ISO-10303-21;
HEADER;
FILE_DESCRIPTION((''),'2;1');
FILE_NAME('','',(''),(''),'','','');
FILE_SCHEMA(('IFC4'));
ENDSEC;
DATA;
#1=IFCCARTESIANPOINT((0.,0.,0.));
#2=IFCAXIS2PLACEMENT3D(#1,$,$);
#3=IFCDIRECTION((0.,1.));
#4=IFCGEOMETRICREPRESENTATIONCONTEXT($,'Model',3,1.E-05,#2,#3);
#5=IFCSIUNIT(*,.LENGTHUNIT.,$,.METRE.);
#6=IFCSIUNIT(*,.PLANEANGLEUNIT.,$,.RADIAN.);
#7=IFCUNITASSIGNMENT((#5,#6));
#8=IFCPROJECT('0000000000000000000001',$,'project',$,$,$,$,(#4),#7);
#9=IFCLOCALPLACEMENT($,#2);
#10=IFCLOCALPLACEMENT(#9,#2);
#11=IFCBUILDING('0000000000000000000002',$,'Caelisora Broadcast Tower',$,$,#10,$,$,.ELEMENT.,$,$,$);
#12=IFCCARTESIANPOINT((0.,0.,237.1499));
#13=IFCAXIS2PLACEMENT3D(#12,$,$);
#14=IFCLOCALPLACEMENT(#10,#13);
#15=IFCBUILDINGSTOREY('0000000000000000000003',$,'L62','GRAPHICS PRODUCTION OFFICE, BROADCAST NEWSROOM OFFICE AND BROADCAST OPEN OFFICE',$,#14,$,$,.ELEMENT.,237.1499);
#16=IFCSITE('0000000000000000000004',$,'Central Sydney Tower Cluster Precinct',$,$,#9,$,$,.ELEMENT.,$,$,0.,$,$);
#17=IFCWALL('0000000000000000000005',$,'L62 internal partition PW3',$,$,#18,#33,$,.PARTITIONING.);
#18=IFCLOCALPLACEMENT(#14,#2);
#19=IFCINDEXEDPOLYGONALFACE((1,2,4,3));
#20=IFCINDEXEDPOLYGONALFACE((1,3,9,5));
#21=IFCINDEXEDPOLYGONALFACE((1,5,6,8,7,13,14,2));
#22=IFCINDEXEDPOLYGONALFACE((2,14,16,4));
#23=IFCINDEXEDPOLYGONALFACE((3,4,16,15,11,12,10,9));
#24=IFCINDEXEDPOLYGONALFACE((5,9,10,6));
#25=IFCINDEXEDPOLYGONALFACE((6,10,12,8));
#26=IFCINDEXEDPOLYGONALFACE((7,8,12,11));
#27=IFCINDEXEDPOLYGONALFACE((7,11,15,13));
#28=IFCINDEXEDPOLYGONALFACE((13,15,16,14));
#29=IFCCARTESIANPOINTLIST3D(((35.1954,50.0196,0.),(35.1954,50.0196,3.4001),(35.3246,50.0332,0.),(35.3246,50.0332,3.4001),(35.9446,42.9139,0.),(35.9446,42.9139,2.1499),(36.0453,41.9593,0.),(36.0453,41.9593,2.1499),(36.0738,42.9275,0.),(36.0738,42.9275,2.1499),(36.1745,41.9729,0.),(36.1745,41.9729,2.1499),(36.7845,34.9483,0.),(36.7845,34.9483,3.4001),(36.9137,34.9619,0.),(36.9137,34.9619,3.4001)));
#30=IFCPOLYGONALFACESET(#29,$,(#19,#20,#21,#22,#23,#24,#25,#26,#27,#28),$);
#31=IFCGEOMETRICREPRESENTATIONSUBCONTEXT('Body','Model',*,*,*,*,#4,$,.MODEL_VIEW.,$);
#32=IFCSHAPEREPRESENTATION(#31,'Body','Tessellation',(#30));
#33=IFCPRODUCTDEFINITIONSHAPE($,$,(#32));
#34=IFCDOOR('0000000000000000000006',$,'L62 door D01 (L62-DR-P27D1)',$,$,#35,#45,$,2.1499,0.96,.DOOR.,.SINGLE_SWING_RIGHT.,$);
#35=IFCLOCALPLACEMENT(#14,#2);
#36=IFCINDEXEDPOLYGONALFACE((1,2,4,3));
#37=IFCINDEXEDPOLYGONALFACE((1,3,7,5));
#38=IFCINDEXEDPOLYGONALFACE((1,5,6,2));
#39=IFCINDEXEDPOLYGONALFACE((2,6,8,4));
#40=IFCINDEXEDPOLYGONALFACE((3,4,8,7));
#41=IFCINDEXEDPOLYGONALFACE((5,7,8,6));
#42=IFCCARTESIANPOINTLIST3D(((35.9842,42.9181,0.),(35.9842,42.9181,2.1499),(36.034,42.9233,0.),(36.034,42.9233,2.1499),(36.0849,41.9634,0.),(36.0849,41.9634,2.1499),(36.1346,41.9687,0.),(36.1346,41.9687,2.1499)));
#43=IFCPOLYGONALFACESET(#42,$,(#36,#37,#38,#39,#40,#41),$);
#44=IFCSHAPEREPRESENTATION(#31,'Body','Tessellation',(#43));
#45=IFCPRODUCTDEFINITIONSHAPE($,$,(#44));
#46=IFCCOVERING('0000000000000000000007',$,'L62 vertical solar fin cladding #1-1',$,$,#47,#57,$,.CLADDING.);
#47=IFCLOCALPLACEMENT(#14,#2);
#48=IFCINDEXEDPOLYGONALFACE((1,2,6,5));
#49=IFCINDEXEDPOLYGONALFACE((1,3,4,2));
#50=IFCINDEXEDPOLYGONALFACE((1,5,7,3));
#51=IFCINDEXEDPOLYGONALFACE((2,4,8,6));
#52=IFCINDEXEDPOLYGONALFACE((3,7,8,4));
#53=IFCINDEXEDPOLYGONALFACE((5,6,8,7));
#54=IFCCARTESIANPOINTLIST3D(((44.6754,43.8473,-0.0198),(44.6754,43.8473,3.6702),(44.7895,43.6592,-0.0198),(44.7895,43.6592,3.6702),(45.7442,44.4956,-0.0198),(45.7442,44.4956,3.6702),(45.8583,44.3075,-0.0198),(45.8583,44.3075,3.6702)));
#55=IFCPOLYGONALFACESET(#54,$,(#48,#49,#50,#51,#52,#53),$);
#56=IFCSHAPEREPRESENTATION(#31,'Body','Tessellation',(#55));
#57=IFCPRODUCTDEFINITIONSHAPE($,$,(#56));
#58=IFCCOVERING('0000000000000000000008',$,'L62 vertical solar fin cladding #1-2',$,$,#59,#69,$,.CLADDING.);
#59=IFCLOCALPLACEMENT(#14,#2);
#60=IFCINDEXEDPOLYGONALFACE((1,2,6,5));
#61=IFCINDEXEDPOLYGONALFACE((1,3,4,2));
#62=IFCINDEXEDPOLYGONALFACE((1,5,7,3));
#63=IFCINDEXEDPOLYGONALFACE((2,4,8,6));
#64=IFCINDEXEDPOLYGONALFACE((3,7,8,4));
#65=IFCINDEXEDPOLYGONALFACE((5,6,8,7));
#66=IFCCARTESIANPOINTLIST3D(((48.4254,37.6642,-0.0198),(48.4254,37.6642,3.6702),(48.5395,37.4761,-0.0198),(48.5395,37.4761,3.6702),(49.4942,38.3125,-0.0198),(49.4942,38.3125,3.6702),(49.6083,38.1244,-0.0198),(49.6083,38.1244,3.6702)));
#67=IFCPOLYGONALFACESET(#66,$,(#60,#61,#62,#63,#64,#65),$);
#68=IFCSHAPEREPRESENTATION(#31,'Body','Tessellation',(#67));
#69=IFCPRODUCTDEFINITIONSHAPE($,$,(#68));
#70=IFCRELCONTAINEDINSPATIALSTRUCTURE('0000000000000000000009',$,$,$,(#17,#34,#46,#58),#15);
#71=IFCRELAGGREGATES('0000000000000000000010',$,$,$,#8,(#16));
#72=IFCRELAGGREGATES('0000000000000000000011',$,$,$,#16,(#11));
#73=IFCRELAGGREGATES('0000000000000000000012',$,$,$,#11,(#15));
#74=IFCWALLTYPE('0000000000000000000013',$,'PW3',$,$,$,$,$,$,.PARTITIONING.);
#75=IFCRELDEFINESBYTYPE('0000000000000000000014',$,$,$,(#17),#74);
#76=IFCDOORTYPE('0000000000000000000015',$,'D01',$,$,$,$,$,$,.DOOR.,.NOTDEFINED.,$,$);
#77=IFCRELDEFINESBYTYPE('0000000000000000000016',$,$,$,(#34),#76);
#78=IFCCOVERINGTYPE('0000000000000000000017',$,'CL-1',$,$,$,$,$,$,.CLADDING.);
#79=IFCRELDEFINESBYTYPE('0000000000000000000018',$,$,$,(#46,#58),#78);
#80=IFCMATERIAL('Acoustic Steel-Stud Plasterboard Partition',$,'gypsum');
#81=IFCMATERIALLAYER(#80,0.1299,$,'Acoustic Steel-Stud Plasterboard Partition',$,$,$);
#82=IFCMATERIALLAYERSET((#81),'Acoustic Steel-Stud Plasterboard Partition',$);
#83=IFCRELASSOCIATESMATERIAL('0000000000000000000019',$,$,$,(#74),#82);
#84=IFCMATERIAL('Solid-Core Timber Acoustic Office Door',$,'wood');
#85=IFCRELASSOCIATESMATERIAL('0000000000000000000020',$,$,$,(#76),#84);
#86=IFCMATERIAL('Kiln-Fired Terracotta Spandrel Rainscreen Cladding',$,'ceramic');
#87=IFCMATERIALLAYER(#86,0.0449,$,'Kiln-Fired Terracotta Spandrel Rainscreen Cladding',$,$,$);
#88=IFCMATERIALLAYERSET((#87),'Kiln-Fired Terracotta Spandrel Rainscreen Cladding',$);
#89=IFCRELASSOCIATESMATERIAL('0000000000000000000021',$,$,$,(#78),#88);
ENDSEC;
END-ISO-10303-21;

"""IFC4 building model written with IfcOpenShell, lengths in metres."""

from ifc_helpers import new_model, si_unit, direction, frame, frame_2d, origin, origin_2d, place, context, subcontext, project, spatial, rectangle, extrude, source, transform, mapped, material, layer, layer_set, type_object, type_shapes, element, fill, save


model = new_model("IFC4")

# Units and contexts
model_context = context("Model", 3, precision=1e-05, world=origin(), true_north=direction((0.0, 1.0)))
body_context = subcontext(model_context, "Body", "Model", "MODEL_VIEW")
ifc_project = project(units=[si_unit("LENGTHUNIT", "METRE"), si_unit("PLANEANGLEUNIT", "RADIAN")], contexts=[model_context])

# Site, building, storey
site_placement = place(None, origin())
site = spatial("IfcSite", under=ifc_project, at=site_placement, Name="Central Sydney Tower Cluster Precinct", CompositionType="ELEMENT", RefElevation=0.0)
building_placement = place(site_placement, origin())
building = spatial("IfcBuilding", under=site, at=building_placement, Name="Caelisora Broadcast Tower", CompositionType="ELEMENT")
storey_placement = place(building_placement, frame((0.0, 0.0, 237.1499)))
storey = spatial("IfcBuildingStorey", under=building, at=storey_placement, Name="L62", Description="GRAPHICS PRODUCTION OFFICE, BROADCAST NEWSROOM OFFICE AND BROADCAST OPEN OFFICE", CompositionType="ELEMENT", Elevation=237.1499)

# Wall, opening, door
ifc_material_1 = material(Name="Acoustic Steel-Stud Plasterboard Partition", Category="gypsum")
ifc_layer_1 = layer(ifc_material_1, 0.1299, Name="Acoustic Steel-Stud Plasterboard Partition")
ifc_layer_set_1 = layer_set([ifc_layer_1], Name="Acoustic Steel-Stud Plasterboard Partition")
wall_type = type_object("IfcWallType", Name="PW3", PredefinedType="PARTITIONING", material=ifc_layer_set_1)
wall_placement = place(storey_placement, frame((35.26, 50.0264, 0.0), z_axis=(0.0, 0.0, 1.0), x_axis=(0.104858, -0.994487, 0.0)))
wall = element("IfcWall", 1, at=wall_placement, inside=storey, type_object=wall_type, Name="L62 internal partition PW3", PredefinedType="PARTITIONING", context=body_context, shape_type="SweptSolid", body=[
    extrude(rectangle(XDim=15.1548, YDim=0.1299, at=frame_2d((7.5774, 0.0))), origin(), (0.0, 0.0, 1.0), 3.4001),
])
opening_placement = place(wall_placement, frame((7.145, 0.0, 0.0)))
opening = element("IfcOpeningElement", 2, at=opening_placement, cuts=wall, PredefinedType="OPENING", context=body_context, shape_type="SweptSolid", body=[
    extrude(rectangle(XDim=0.96, YDim=2.1499, at=frame_2d((0.48, 1.075))), frame((0.0, 0.0769, 0.0), z_axis=(0.0, -1.0, 0.0), x_axis=(1.0, 0.0, 0.0)), (0.0, 0.0, 1.0), 0.1538),
])
ifc_material_2 = material(Name="Solid-Core Timber Acoustic Office Door", Category="wood")
door_type = type_object("IfcDoorType", Name="D01", OperationType="NOTDEFINED", PredefinedType="DOOR", material=ifc_material_2)
door_placement = place(opening_placement, origin())
door = element("IfcDoor", 3, at=door_placement, inside=storey, type_object=door_type, Name="L62 door D01 (L62-DR-P27D1)", OperationType="SINGLE_SWING_RIGHT", OverallHeight=2.1499, OverallWidth=0.96, PredefinedType="DOOR", context=body_context, shape_type="SweptSolid", body=[
    extrude(rectangle(XDim=0.96, YDim=2.1499, at=frame_2d((0.48, 1.075))), frame((0.0, 0.0249, 0.0), z_axis=(0.0, -1.0, 0.0), x_axis=(1.0, 0.0, 0.0)), (0.0, 0.0, 1.0), 0.05),
])
fill(opening, door)

# Coverings
ifc_material_3 = material(Name="Kiln-Fired Terracotta Spandrel Rainscreen Cladding", Category="ceramic")
ifc_layer_2 = layer(ifc_material_3, 0.0449, Name="Kiln-Fired Terracotta Spandrel Rainscreen Cladding")
ifc_layer_set_2 = layer_set([ifc_layer_2], Name="Kiln-Fired Terracotta Spandrel Rainscreen Cladding")
covering_type = type_object("IfcCoveringType", Name="CL-1", PredefinedType="CLADDING", material=ifc_layer_set_2)
shared_shape_1 = source(origin(), body_context, "Body", "SweptSolid", [
    extrude(rectangle(XDim=0.22, YDim=1.25, at=origin_2d()), origin(), (0.0, 0.0, 1.0), 3.6899),
])
type_shapes(covering_type, [shared_shape_1])
for number, where, z_axis, x_axis, name in (
    (4, (45.2668, 44.0774, -0.0198), (0.0, 0.0, 1.0), (0.518624, -0.855002, 0.0), "L62 vertical solar fin cladding #1-1"),
    (5, (49.0168, 37.8943, -0.0198), (0.0, 0.0, 1.0), (0.518624, -0.855002, 0.0), "L62 vertical solar fin cladding #1-2"),
):
    element("IfcCovering", number, at=place(storey_placement, frame(where, z_axis=z_axis, x_axis=x_axis)), inside=storey, type_object=covering_type, Name=name, PredefinedType="CLADDING", context=body_context, shape_type="MappedRepresentation", body=[
        mapped(shared_shape_1, transform((0.0, 0.0, 0.0), scale=1.0)),
    ])

save(model, "model.ifc")
